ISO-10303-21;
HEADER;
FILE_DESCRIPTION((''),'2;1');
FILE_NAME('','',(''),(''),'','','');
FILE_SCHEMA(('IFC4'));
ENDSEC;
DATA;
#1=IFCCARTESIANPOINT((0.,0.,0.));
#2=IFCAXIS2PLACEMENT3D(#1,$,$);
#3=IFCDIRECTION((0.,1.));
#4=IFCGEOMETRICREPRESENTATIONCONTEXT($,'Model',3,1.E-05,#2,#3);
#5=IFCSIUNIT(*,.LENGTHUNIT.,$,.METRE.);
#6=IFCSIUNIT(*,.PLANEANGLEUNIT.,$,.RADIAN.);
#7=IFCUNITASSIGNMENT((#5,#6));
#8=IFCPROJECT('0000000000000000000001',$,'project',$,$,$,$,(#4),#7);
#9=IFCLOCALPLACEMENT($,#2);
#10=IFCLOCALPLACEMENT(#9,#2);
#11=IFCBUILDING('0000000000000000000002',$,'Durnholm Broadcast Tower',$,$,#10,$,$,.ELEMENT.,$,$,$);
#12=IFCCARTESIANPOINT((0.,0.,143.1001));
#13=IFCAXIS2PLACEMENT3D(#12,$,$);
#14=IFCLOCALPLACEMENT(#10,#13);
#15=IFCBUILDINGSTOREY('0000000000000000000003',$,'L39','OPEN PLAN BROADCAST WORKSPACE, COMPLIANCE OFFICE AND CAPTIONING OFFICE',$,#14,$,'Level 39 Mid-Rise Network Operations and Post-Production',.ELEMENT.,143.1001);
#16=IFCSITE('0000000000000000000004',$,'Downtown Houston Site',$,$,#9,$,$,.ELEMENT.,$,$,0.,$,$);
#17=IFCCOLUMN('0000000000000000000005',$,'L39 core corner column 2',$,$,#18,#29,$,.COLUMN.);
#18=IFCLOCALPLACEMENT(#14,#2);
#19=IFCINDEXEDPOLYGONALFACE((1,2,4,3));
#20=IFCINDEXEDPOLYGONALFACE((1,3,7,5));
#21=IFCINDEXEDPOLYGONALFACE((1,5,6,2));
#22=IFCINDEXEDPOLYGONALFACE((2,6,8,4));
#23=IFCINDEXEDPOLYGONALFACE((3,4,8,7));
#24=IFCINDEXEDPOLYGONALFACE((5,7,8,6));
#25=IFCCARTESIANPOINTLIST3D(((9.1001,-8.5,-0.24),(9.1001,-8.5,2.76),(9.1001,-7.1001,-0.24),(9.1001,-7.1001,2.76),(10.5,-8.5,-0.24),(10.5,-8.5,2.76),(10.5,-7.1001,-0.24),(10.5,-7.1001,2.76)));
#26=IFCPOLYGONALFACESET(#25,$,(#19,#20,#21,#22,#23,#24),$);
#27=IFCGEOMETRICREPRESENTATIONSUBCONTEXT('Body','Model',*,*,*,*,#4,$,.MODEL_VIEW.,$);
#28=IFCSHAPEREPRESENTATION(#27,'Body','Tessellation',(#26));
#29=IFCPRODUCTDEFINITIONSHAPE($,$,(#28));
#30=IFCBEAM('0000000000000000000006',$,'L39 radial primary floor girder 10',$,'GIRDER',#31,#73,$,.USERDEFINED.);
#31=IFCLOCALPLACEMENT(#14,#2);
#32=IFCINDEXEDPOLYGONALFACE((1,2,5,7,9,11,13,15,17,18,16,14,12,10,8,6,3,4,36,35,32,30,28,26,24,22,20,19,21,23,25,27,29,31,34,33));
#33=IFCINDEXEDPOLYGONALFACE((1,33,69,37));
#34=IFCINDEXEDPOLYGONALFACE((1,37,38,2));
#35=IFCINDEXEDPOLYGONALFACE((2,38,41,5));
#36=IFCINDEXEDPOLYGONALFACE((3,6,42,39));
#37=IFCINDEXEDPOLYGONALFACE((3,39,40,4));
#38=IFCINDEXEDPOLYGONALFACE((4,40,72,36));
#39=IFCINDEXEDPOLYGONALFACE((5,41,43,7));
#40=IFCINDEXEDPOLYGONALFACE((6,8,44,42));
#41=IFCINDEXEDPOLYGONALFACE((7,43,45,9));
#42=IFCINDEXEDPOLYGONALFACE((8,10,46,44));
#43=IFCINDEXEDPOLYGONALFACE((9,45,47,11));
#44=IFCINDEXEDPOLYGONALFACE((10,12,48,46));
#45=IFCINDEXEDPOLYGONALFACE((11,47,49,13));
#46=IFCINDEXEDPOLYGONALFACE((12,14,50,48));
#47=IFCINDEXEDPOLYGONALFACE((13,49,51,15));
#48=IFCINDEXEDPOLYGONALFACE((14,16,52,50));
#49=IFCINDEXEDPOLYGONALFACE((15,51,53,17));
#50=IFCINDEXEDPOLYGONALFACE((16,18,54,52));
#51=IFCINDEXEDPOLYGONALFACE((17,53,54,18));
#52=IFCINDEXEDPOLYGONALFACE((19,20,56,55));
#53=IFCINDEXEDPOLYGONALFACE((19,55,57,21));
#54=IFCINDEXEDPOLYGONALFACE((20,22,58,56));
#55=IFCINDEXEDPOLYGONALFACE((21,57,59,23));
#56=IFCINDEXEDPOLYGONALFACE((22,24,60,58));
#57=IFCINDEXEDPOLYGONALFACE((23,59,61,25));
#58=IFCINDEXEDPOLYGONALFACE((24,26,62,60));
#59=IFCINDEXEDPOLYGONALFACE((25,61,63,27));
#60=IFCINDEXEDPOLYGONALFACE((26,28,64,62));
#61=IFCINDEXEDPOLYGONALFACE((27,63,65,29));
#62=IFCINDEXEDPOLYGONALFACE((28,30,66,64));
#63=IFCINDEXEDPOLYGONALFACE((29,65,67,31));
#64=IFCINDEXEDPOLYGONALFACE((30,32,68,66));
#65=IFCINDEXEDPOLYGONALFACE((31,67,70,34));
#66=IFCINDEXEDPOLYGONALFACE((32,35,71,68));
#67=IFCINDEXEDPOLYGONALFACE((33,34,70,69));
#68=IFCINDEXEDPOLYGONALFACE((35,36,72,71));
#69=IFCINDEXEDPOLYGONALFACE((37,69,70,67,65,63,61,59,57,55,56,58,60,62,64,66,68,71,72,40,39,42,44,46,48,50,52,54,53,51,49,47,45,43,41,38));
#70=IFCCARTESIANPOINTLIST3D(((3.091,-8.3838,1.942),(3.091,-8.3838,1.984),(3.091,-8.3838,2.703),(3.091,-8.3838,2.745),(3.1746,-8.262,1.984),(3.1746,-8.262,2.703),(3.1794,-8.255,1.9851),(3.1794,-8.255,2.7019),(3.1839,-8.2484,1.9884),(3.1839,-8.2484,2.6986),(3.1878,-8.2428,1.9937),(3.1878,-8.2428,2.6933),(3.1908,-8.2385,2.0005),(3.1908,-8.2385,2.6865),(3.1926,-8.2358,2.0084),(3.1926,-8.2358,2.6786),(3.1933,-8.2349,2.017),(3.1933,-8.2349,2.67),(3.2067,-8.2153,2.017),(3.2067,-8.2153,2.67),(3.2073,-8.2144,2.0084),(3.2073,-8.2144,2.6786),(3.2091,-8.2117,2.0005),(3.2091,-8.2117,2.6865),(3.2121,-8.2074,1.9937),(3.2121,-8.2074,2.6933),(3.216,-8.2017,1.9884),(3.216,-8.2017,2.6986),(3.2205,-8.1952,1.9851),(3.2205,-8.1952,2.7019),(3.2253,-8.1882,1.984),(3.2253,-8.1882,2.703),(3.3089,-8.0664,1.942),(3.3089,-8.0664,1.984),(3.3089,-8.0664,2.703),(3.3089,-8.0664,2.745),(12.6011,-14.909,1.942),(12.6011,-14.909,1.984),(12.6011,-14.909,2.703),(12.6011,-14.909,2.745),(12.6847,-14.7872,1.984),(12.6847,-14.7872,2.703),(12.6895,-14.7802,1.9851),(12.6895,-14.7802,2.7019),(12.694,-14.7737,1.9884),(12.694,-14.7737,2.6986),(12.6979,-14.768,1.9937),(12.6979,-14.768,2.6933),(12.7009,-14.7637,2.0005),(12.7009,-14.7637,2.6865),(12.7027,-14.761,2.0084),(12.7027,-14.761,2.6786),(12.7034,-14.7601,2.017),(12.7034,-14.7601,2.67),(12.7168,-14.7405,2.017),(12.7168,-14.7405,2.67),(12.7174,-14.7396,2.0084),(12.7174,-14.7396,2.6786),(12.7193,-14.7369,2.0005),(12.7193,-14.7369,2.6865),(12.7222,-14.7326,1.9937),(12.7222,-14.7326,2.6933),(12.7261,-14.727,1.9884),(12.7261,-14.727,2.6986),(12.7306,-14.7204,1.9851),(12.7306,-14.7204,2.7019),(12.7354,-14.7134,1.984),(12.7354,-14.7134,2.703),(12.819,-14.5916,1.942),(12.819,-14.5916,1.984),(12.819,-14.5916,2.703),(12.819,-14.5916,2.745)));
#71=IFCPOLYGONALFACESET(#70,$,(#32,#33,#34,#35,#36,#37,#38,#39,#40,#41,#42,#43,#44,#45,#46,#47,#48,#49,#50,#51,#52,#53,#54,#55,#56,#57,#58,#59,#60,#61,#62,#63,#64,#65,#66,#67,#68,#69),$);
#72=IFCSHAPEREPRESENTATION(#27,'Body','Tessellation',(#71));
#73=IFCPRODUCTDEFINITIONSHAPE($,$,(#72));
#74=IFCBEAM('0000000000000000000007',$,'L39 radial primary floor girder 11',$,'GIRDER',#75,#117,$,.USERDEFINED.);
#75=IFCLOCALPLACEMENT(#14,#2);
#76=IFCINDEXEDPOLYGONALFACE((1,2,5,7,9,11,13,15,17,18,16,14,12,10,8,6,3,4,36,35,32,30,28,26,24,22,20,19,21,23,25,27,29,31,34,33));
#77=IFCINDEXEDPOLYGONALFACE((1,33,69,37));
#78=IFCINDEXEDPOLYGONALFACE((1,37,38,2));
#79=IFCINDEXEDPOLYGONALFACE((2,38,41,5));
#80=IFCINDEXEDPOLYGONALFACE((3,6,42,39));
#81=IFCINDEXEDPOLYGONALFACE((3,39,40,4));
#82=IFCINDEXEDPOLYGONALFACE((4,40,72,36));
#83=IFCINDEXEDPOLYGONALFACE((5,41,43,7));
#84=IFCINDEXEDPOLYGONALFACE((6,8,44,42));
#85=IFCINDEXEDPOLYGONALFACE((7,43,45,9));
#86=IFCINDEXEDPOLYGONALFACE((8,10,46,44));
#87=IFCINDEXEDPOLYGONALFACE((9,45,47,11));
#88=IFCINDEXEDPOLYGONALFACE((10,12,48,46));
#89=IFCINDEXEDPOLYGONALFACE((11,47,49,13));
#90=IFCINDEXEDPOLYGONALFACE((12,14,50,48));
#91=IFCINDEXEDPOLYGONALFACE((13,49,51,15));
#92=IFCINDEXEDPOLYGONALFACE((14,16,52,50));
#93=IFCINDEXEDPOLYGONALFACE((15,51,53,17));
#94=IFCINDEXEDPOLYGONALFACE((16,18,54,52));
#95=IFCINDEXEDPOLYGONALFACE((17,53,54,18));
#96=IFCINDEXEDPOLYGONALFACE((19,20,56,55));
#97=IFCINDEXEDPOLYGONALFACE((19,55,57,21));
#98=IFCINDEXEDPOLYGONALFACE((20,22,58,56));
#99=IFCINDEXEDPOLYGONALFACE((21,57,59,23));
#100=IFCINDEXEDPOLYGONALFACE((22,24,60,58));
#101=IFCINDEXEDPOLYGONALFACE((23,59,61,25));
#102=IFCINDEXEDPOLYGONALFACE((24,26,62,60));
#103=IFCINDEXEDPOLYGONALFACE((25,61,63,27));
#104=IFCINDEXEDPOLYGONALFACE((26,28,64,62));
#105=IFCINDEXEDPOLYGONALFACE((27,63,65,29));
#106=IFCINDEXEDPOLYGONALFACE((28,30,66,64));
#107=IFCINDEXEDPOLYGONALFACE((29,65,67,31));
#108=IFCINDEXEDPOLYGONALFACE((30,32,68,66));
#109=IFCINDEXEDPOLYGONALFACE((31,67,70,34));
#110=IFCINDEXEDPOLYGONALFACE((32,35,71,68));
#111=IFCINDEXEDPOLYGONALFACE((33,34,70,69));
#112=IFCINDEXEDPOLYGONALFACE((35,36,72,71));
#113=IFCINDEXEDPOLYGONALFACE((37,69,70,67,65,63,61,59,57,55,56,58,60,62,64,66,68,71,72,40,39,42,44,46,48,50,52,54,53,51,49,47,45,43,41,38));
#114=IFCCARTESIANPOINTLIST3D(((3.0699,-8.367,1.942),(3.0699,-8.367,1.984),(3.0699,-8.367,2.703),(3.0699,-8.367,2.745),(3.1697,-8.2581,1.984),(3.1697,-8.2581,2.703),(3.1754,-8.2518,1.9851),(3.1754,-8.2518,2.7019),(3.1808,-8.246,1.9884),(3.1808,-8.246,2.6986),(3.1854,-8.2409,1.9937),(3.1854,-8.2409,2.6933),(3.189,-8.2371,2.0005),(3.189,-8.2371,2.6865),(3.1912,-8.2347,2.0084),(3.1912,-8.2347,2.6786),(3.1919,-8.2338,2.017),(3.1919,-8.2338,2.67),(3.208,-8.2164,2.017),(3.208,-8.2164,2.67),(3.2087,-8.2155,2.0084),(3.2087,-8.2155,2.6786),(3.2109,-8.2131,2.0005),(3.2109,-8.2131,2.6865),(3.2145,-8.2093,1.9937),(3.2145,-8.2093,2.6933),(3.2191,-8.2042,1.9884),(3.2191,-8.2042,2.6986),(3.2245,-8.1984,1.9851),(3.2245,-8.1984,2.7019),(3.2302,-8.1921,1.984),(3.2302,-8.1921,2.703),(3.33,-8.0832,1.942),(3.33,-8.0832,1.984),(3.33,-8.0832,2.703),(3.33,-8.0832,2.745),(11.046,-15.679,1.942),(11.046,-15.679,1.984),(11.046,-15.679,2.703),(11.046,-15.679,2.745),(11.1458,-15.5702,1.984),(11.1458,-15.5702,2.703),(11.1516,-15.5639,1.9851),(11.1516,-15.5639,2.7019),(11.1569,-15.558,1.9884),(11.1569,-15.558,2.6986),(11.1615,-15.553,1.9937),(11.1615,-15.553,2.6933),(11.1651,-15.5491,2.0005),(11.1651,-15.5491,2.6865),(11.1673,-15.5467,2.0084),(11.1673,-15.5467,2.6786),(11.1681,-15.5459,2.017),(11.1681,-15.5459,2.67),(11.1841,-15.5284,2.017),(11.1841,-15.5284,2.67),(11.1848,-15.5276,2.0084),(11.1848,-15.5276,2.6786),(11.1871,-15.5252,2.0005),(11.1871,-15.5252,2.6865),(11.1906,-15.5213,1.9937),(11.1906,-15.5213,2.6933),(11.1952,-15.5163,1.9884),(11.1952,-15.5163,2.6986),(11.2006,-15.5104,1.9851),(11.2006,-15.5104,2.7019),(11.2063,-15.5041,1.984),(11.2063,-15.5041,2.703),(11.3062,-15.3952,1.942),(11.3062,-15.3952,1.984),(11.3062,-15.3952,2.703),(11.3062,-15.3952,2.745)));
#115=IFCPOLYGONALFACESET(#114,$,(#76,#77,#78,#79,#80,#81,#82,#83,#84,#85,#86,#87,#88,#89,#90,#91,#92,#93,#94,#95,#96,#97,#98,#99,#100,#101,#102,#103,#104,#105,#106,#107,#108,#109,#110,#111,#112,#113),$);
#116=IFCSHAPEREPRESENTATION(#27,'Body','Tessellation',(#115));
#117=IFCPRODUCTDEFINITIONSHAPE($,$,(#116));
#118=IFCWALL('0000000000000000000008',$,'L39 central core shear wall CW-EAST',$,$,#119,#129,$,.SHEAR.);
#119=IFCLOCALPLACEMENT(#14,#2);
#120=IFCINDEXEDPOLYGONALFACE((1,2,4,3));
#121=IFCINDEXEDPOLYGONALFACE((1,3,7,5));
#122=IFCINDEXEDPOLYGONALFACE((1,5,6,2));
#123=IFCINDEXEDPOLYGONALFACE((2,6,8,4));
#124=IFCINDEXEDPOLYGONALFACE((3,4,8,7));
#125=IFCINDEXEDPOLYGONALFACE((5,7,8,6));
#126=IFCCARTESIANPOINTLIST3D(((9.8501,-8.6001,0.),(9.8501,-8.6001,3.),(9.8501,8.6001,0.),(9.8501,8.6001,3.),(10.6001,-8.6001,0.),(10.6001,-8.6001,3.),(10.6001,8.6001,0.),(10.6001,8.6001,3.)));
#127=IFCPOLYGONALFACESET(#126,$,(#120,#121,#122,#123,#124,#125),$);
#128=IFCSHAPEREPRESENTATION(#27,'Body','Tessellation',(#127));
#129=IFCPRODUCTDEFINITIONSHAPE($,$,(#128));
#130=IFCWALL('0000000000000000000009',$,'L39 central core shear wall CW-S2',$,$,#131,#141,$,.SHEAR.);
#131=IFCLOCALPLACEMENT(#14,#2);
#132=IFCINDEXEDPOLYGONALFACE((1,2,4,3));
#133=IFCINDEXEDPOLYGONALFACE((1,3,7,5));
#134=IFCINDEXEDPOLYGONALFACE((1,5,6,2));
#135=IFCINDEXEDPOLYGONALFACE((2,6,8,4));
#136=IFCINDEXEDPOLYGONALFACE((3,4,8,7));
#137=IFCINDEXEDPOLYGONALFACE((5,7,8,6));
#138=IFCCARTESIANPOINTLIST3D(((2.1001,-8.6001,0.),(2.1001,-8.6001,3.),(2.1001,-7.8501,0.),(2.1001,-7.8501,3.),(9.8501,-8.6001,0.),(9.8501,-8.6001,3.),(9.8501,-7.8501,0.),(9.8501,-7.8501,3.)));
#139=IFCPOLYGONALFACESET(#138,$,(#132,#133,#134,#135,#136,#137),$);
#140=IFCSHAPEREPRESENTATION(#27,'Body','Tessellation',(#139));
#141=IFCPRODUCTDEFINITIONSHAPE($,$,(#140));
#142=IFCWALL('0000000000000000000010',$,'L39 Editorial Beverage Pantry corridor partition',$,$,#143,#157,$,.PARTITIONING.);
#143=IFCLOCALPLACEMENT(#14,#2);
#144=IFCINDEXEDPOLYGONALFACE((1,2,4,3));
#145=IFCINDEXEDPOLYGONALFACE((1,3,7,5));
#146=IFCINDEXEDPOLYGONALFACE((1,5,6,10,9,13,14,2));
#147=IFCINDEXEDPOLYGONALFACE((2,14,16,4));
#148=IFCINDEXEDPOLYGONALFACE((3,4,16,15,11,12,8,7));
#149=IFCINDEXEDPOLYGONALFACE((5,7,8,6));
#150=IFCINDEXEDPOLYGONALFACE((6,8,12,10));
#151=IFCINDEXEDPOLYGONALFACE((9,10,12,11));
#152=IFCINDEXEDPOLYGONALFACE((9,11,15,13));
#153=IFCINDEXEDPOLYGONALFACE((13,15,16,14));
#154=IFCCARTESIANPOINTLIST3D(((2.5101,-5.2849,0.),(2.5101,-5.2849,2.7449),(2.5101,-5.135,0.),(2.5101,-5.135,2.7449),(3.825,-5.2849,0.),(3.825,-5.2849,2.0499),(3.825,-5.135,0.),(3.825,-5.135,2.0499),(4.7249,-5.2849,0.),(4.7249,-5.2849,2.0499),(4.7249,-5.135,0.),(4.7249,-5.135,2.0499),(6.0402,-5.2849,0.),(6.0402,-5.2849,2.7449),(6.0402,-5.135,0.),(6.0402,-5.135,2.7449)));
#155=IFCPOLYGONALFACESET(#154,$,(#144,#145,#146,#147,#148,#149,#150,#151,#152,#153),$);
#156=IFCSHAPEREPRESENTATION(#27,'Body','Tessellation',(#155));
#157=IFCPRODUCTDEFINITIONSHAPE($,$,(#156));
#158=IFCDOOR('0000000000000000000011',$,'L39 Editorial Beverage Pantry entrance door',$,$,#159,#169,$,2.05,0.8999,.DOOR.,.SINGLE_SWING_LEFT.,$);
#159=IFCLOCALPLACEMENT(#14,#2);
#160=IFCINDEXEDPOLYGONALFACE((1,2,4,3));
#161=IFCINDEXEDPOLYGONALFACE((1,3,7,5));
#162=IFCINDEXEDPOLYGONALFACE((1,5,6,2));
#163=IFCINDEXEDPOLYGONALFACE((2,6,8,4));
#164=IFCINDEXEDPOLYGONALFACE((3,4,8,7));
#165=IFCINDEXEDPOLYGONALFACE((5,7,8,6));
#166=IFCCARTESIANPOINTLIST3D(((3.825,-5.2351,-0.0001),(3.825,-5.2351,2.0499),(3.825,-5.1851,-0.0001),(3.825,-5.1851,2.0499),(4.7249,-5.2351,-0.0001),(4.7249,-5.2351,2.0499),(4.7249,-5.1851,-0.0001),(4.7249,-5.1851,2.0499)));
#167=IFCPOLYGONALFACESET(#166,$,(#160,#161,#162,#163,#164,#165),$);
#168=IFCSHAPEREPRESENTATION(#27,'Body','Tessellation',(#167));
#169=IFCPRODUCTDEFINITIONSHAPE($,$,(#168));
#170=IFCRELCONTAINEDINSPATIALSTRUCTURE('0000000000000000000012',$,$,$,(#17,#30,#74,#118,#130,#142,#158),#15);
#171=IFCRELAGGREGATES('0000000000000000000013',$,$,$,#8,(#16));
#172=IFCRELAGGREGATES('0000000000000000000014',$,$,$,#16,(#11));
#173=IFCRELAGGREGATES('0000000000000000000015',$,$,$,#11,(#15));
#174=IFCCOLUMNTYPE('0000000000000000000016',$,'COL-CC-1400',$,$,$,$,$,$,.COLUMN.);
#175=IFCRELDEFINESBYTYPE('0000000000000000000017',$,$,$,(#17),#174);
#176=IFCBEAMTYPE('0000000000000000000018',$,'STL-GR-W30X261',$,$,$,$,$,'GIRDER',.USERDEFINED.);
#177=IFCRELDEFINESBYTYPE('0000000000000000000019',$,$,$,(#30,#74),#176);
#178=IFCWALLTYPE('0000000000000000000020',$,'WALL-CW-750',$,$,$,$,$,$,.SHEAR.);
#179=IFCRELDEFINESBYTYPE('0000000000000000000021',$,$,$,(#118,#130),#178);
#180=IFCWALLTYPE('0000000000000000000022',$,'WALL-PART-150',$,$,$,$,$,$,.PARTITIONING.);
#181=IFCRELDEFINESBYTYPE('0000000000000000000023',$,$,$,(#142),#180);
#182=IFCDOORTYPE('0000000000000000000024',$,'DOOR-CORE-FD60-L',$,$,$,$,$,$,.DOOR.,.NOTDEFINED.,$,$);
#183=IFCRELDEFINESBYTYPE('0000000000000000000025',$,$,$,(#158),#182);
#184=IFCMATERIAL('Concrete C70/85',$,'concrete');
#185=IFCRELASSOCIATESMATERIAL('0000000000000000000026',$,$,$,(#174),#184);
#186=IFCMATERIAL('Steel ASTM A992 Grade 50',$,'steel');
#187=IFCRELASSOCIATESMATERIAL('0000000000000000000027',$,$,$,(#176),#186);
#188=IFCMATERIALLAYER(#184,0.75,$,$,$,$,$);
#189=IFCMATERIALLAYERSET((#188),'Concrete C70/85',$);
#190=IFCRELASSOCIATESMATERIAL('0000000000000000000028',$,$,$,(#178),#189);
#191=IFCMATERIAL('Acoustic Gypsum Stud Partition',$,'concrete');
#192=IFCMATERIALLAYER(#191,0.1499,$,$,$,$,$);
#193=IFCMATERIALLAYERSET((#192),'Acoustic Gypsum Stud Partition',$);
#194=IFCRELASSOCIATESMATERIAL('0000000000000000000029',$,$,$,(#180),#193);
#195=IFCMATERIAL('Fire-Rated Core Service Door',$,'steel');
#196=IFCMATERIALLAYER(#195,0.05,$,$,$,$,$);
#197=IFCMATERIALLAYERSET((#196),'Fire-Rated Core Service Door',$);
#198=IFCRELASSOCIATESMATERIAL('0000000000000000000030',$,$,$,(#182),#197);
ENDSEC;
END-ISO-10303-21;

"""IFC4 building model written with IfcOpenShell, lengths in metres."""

from ifc_helpers import new_model, si_unit, direction, frame, frame_2d, origin, origin_2d, place, context, subcontext, project, spatial, rectangle, i_section, extrude, source, transform, mapped, material, layer, layer_set, material_profile, profile_set, type_object, type_shapes, element, fill, save


model = new_model("IFC4")

# Units and contexts
model_context = context("Model", 3, precision=1e-05, world=origin(), true_north=direction((0.0, 1.0)))
body_context = subcontext(model_context, "Body", "Model", "MODEL_VIEW")
ifc_project = project(units=[si_unit("LENGTHUNIT", "METRE"), si_unit("PLANEANGLEUNIT", "RADIAN")], contexts=[model_context])

# Site, building, storey
site_placement = place(None, origin())
site = spatial("IfcSite", under=ifc_project, at=site_placement, Name="Downtown Houston Site", CompositionType="ELEMENT", RefElevation=0.0)
building_placement = place(site_placement, origin())
building = spatial("IfcBuilding", under=site, at=building_placement, Name="Durnholm Broadcast Tower", CompositionType="ELEMENT")
storey_placement = place(building_placement, frame((0.0, 0.0, 143.1001)))
storey = spatial("IfcBuildingStorey", under=building, at=storey_placement, Name="L39", Description="OPEN PLAN BROADCAST WORKSPACE, COMPLIANCE OFFICE AND CAPTIONING OFFICE", LongName="Level 39 Mid-Rise Network Operations and Post-Production", CompositionType="ELEMENT", Elevation=143.1001)

# Column
ifc_material_1 = material(Name="Concrete C70/85", Category="concrete")
ifc_material_profile_1 = material_profile(ifc_material_1, rectangle(XDim=1.3999, YDim=1.3999, at=origin_2d()), Name="RC1400X1400")
ifc_profile_set_1 = profile_set([ifc_material_profile_1], Name="Concrete C70/85")
column_type = type_object("IfcColumnType", Name="COL-CC-1400", PredefinedType="COLUMN", material=ifc_profile_set_1)
shared_shape_1 = source(origin(), body_context, "Body", "SweptSolid", [
    extrude(rectangle(XDim=1.3999, YDim=1.3999, at=origin_2d()), origin(), (0.0, 0.0, 1.0), 3.0),
])
type_shapes(column_type, [shared_shape_1])
column_placement = place(storey_placement, frame((9.8, -7.8, -0.24), z_axis=(0.0, 0.0, 1.0), x_axis=(1.0, 0.0, 0.0)))
element("IfcColumn", 1, at=column_placement, inside=storey, type_object=column_type, Name="L39 core corner column 2", PredefinedType="COLUMN", context=body_context, shape_type="MappedRepresentation", body=[
    mapped(shared_shape_1, transform((0.0, 0.0, 0.0), x_axis=(1.0, 0.0, 0.0), y_axis=(0.0, 1.0, 0.0), z_axis=(0.0, 0.0, 1.0), scale=1.0)),
])

# Beams
ifc_material_2 = material(Name="Steel ASTM A992 Grade 50", Category="steel")
ifc_material_profile_2 = material_profile(ifc_material_2, i_section(OverallWidth=0.385, OverallDepth=0.803, WebThickness=0.0237, FlangeThickness=0.042, FilletRadius=0.033, at=origin_2d()), Name="W30X261")
ifc_profile_set_2 = profile_set([ifc_material_profile_2], Name="Steel ASTM A992 Grade 50")
beam_type = type_object("IfcBeamType", Name="STL-GR-W30X261", ElementType="GIRDER", PredefinedType="USERDEFINED", material=ifc_profile_set_2)
shared_shape_2 = source(origin(), body_context, "Body", "SweptSolid", [
    extrude(i_section(OverallWidth=0.385, OverallDepth=0.803, WebThickness=0.0237, FlangeThickness=0.042, FilletRadius=0.033, at=origin_2d()), origin(), (0.0, 0.0, 1.0), 11.5334),
])
beam_1_placement = place(storey_placement, frame((3.2, -8.2251, 2.3435), z_axis=(0.824567, -0.565764, 0.0), x_axis=(0.565764, 0.824567, 0.0)))
element("IfcBeam", 2, at=beam_1_placement, inside=storey, type_object=beam_type, Name="L39 radial primary floor girder 10", ObjectType="GIRDER", PredefinedType="USERDEFINED", context=body_context, shape_type="MappedRepresentation", body=[
    mapped(shared_shape_2, transform((0.0, 0.0, 0.0), x_axis=(1.0, 0.0, 0.0), y_axis=(0.0, 1.0, 0.0), z_axis=(0.0, 0.0, 1.0), scale=1.0)),
])
shared_shape_3 = source(origin(), body_context, "Body", "SweptSolid", [
    extrude(i_section(OverallWidth=0.385, OverallDepth=0.803, WebThickness=0.0237, FlangeThickness=0.042, FilletRadius=0.033, at=origin_2d()), origin(), (0.0, 0.0, 1.0), 10.8206),
])
type_shapes(beam_type, [shared_shape_2, shared_shape_3])
beam_2_placement = place(storey_placement, frame((3.2, -8.2251, 2.3435), z_axis=(0.737126, -0.675755, 0.0), x_axis=(0.675755, 0.737126, 0.0)))
element("IfcBeam", 3, at=beam_2_placement, inside=storey, type_object=beam_type, Name="L39 radial primary floor girder 11", ObjectType="GIRDER", PredefinedType="USERDEFINED", context=body_context, shape_type="MappedRepresentation", body=[
    mapped(shared_shape_3, transform((0.0, 0.0, 0.0), x_axis=(1.0, 0.0, 0.0), y_axis=(0.0, 1.0, 0.0), z_axis=(0.0, 0.0, 1.0), scale=1.0)),
])

# Walls
ifc_layer_1 = layer(ifc_material_1, 0.75)
ifc_layer_set_1 = layer_set([ifc_layer_1], Name="Concrete C70/85")
wall_type_1 = type_object("IfcWallType", Name="WALL-CW-750", PredefinedType="SHEAR", material=ifc_layer_set_1)
wall_1_placement = place(storey_placement, frame((10.2251, -8.6001, 0.0), z_axis=(0.0, 0.0, 1.0), x_axis=(0.0, 1.0, 0.0)))
element("IfcWall", 4, at=wall_1_placement, inside=storey, type_object=wall_type_1, Name="L39 central core shear wall CW-EAST", PredefinedType="SHEAR", context=body_context, shape_type="SweptSolid", body=[
    extrude(rectangle(XDim=17.2002, YDim=0.75, at=frame_2d((8.6001, 0.0))), origin(), (0.0, 0.0, 1.0), 3.0),
])
wall_2_placement = place(storey_placement, frame((2.1001, -8.2251, 0.0), z_axis=(0.0, 0.0, 1.0), x_axis=(1.0, 0.0, 0.0)))
element("IfcWall", 5, at=wall_2_placement, inside=storey, type_object=wall_type_1, Name="L39 central core shear wall CW-S2", PredefinedType="SHEAR", context=body_context, shape_type="SweptSolid", body=[
    extrude(rectangle(XDim=7.75, YDim=0.75, at=frame_2d((3.875, 0.0))), origin(), (0.0, 0.0, 1.0), 3.0),
])

# Wall, opening, door
ifc_material_3 = material(Name="Acoustic Gypsum Stud Partition", Category="concrete")
ifc_layer_2 = layer(ifc_material_3, 0.1499)
ifc_layer_set_2 = layer_set([ifc_layer_2], Name="Acoustic Gypsum Stud Partition")
wall_type_2 = type_object("IfcWallType", Name="WALL-PART-150", PredefinedType="PARTITIONING", material=ifc_layer_set_2)
wall_3_placement = place(storey_placement, frame((2.51, -5.21, 0.0), z_axis=(0.0, 0.0, 1.0), x_axis=(1.0, 0.0, 0.0)))
wall_3 = element("IfcWall", 6, at=wall_3_placement, inside=storey, type_object=wall_type_2, Name="L39 Editorial Beverage Pantry corridor partition", PredefinedType="PARTITIONING", context=body_context, shape_type="SweptSolid", body=[
    extrude(rectangle(XDim=3.53, YDim=0.1499, at=frame_2d((1.7651, 0.0))), origin(), (0.0, 0.0, 1.0), 2.7449),
])
opening_1_placement = place(wall_3_placement, frame((1.3149, 0.0, 0.0)))
opening_1 = element("IfcOpeningElement", 7, at=opening_1_placement, cuts=wall_3, PredefinedType="OPENING", context=body_context, shape_type="SweptSolid", body=[
    extrude(rectangle(XDim=0.8999, YDim=2.05, at=frame_2d((0.45, 1.0249))), frame((0.0, 0.085, 0.0), z_axis=(0.0, -1.0, 0.0), x_axis=(1.0, 0.0, 0.0)), (0.0, 0.0, 1.0), 0.1699),
])
ifc_material_4 = material(Name="Fire-Rated Core Service Door", Category="steel")
ifc_layer_3 = layer(ifc_material_4, 0.05)
ifc_layer_set_3 = layer_set([ifc_layer_3], Name="Fire-Rated Core Service Door")
door_type_1 = type_object("IfcDoorType", Name="DOOR-CORE-FD60-L", OperationType="NOTDEFINED", PredefinedType="DOOR", material=ifc_layer_set_3)
shared_shape_4 = source(origin(), body_context, "Body", "SweptSolid", [
    extrude(rectangle(XDim=0.8999, YDim=2.05, at=frame_2d((0.45, 1.0249))), frame((0.0, 0.0249, 0.0), z_axis=(0.0, -1.0, 0.0), x_axis=(1.0, 0.0, 0.0)), (0.0, 0.0, 1.0), 0.05),
])
type_shapes(door_type_1, [shared_shape_4])
door_1_placement = place(opening_1_placement, origin())
door_1 = element("IfcDoor", 8, at=door_1_placement, inside=storey, type_object=door_type_1, Name="L39 Editorial Beverage Pantry entrance door", OperationType="SINGLE_SWING_LEFT", OverallHeight=2.05, OverallWidth=0.8999, PredefinedType="DOOR", context=body_context, shape_type="MappedRepresentation", body=[
    mapped(shared_shape_4, transform((0.0, 0.0, 0.0), x_axis=(1.0, 0.0, 0.0), y_axis=(0.0, 1.0, 0.0), z_axis=(0.0, 0.0, 1.0), scale=1.0)),
])
fill(opening_1, door_1)

save(model, "model.ifc")
